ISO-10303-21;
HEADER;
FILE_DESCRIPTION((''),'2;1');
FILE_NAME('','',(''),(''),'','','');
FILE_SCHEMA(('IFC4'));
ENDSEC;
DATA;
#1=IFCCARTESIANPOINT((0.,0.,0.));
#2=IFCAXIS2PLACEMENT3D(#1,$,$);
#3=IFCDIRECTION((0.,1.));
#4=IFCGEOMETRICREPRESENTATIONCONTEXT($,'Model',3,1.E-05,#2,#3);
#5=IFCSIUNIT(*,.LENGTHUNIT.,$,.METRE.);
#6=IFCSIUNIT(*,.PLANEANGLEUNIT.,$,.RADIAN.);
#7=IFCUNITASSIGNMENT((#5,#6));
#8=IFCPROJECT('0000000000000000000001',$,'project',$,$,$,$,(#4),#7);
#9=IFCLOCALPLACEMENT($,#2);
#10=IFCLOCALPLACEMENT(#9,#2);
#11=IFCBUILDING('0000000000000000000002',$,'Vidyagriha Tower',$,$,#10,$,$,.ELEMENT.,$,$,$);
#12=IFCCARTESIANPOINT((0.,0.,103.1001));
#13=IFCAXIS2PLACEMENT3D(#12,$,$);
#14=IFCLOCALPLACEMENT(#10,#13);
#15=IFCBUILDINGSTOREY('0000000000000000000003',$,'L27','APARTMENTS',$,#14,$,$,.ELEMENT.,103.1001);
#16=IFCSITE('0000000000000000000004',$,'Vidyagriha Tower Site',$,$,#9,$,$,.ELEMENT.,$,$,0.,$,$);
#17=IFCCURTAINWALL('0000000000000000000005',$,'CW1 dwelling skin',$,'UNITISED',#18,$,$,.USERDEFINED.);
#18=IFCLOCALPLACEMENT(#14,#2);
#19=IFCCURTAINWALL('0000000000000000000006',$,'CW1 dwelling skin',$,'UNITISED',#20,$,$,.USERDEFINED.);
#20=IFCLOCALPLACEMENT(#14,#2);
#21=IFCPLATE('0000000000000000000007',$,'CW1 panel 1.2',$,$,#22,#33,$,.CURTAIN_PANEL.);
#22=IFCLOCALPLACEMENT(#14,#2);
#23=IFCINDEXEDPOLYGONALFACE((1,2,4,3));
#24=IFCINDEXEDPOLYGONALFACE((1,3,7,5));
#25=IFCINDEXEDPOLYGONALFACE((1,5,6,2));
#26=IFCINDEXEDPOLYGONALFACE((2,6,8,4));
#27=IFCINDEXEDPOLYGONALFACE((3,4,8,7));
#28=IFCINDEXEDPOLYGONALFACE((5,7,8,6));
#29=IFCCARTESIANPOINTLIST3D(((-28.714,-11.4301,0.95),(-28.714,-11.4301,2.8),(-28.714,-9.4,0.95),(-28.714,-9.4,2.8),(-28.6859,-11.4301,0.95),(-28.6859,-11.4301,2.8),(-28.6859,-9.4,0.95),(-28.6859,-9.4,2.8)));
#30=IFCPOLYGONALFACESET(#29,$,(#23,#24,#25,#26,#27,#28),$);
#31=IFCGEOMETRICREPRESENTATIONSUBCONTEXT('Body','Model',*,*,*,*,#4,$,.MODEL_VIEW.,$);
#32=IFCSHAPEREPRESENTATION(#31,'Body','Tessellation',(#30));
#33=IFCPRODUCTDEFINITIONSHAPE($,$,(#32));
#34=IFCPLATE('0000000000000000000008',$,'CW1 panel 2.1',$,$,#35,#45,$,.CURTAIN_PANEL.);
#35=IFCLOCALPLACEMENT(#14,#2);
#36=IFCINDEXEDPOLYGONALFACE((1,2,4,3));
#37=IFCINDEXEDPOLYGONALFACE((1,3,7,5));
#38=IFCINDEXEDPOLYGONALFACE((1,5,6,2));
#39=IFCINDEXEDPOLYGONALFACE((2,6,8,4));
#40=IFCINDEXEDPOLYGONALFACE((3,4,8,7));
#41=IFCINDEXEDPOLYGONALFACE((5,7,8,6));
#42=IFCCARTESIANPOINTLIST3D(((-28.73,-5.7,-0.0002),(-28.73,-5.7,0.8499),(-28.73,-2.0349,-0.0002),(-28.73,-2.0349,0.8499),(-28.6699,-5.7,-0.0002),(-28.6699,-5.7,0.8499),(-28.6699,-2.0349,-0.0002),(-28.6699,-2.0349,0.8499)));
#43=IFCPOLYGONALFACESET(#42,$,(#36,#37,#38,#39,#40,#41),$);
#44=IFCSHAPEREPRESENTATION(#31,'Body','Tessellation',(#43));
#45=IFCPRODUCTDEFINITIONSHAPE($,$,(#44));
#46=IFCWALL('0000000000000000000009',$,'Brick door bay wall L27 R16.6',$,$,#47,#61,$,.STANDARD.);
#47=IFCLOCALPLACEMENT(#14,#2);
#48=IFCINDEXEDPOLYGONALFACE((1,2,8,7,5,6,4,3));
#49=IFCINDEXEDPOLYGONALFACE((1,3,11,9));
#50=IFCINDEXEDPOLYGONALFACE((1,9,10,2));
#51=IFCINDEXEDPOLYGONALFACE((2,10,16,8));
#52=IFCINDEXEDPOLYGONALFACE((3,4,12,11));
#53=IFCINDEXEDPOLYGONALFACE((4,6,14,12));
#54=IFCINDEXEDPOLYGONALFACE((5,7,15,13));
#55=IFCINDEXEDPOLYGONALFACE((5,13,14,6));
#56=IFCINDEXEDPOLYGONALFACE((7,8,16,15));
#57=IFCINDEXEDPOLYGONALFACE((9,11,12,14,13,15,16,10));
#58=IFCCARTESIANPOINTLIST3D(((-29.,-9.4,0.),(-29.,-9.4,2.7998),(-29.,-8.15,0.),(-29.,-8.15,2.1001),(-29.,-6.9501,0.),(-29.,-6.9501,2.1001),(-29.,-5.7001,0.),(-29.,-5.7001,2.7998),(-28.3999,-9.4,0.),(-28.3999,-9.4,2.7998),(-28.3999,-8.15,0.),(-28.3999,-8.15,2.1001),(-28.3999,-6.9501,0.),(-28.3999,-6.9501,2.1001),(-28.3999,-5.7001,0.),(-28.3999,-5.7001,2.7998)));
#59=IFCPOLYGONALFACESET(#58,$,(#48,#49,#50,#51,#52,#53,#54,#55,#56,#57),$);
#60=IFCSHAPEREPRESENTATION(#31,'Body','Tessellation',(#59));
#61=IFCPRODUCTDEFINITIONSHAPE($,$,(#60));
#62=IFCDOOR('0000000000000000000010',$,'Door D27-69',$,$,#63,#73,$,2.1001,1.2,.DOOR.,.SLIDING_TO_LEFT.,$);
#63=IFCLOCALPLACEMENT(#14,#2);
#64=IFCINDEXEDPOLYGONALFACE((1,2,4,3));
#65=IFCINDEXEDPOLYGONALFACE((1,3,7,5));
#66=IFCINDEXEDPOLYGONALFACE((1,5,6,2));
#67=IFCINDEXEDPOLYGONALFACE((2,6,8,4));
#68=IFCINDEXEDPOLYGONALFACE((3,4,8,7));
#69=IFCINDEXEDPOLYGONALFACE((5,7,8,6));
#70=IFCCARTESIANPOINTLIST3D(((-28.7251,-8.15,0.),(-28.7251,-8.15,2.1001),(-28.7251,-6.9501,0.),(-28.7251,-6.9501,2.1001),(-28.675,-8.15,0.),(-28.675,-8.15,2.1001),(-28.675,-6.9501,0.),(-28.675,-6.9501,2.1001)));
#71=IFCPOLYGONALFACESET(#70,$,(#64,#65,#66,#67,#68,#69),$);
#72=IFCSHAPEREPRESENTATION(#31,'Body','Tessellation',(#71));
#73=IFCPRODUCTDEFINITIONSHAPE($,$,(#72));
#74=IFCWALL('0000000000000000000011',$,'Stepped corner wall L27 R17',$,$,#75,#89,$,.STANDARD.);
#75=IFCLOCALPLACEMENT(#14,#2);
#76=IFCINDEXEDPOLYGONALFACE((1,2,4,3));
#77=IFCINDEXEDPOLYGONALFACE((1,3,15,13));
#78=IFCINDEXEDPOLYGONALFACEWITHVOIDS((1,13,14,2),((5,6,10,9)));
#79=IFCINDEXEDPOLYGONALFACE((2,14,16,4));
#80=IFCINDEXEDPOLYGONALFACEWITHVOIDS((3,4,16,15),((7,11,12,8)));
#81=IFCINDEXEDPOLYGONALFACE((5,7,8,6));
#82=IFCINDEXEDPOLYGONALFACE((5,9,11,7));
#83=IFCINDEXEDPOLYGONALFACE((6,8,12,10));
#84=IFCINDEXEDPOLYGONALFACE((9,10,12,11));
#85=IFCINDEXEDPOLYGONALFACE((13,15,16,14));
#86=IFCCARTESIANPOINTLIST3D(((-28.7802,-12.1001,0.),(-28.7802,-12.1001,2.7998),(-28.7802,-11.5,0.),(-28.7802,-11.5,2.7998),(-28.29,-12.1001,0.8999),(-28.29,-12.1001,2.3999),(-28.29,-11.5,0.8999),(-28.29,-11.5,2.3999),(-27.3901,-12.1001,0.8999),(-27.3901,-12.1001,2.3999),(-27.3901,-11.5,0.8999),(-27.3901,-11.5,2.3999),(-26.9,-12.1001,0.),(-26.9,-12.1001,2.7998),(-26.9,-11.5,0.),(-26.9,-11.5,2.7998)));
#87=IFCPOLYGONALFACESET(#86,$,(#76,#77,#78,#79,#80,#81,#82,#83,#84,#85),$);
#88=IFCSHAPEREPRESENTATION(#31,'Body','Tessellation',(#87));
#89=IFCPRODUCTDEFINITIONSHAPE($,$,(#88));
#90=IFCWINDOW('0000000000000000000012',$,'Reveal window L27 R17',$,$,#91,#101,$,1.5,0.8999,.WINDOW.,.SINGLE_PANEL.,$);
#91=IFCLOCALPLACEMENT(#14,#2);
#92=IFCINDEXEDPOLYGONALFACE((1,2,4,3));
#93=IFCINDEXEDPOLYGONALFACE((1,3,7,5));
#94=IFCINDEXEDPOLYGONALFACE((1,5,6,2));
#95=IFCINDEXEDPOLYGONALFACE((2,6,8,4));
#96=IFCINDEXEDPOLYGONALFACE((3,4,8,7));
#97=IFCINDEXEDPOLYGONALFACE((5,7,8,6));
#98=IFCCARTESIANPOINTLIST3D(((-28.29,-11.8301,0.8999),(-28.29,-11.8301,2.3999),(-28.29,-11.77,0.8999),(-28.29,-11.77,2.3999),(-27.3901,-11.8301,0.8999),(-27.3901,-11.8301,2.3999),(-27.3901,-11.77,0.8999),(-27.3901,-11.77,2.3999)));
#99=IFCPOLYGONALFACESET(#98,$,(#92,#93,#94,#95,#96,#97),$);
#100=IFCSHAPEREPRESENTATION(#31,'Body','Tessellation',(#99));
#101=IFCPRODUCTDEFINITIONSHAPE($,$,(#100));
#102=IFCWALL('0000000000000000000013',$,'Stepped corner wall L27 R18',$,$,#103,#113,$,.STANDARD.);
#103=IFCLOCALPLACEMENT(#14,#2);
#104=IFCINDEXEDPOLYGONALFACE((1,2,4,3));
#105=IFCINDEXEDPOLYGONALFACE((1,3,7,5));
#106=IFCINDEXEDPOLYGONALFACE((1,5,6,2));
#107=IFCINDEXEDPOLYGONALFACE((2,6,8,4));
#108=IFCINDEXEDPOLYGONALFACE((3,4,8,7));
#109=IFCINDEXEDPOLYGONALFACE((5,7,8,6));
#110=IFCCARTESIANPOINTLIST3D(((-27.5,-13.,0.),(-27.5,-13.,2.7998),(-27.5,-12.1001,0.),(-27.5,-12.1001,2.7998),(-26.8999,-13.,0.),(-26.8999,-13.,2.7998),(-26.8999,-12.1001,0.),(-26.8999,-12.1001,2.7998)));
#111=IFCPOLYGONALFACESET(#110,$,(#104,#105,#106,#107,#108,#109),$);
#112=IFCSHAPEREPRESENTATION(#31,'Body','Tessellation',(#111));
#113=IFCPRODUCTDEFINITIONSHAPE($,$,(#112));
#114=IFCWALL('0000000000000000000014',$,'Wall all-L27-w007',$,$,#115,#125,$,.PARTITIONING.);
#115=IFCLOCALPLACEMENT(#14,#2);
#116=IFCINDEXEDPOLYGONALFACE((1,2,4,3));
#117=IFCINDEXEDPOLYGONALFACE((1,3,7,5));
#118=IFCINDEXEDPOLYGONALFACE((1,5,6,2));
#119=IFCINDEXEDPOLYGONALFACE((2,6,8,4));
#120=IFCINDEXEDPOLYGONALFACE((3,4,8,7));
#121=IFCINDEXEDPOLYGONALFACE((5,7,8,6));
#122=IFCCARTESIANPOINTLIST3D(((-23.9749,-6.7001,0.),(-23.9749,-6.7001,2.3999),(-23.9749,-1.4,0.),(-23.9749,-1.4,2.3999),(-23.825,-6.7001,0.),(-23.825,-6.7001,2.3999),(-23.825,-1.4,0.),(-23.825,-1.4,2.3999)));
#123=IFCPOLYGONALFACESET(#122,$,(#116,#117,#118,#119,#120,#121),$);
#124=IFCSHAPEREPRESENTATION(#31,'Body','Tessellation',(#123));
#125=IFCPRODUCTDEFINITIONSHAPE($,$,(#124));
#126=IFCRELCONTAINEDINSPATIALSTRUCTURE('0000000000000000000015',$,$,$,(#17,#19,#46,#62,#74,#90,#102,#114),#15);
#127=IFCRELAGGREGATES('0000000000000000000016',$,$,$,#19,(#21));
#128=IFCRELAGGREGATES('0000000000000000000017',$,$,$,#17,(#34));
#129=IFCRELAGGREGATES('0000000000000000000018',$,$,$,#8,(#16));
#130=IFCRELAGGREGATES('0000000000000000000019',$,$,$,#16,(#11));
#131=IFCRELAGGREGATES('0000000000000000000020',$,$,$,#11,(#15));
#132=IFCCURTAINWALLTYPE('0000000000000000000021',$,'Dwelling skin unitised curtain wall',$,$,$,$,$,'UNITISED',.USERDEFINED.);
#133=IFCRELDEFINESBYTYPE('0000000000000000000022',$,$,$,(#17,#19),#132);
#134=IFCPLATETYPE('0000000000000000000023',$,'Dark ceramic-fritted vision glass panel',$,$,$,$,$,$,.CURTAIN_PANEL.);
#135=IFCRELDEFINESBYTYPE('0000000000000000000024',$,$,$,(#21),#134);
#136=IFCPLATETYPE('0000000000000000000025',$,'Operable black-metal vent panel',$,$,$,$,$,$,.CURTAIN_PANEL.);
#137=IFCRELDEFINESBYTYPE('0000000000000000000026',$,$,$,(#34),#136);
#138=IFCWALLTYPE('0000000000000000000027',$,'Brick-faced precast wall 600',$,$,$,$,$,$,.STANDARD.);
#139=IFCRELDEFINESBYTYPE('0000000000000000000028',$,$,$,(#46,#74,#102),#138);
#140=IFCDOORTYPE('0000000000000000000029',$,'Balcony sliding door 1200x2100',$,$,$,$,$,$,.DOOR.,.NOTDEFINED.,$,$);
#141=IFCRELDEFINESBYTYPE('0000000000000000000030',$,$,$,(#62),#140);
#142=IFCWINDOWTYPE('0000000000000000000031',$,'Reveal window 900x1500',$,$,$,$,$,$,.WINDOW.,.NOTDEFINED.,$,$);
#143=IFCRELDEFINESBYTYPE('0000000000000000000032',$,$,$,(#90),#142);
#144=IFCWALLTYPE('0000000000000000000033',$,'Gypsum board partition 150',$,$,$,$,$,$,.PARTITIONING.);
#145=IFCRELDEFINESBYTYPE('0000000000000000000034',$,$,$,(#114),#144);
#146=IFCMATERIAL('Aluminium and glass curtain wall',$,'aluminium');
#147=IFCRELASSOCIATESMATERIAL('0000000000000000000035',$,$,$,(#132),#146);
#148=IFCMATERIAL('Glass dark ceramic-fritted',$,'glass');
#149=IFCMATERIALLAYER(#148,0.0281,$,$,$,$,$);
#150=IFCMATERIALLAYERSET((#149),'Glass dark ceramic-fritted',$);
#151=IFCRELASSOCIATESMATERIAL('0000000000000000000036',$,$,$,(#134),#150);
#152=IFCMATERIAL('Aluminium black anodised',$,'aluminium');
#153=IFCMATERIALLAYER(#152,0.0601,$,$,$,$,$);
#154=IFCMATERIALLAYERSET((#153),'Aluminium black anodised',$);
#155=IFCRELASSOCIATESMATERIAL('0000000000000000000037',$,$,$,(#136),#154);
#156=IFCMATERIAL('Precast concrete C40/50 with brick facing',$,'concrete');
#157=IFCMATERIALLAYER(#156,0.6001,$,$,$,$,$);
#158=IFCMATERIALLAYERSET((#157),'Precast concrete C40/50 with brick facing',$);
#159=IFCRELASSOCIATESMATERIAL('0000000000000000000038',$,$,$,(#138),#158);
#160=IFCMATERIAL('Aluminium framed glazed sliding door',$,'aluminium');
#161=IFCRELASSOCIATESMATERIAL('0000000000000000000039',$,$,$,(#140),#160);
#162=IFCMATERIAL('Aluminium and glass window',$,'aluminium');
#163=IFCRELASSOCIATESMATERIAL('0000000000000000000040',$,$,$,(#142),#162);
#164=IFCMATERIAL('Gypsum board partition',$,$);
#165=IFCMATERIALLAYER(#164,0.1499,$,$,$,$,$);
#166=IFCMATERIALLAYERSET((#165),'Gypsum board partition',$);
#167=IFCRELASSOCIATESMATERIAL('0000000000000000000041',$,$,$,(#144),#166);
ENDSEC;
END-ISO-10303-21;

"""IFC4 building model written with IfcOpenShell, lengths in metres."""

from ifc_helpers import new_model, si_unit, direction, frame, frame_2d, origin, origin_2d, place, context, subcontext, project, spatial, rectangle, extrude, material, layer, layer_set, type_object, element, fill, aggregate, save


model = new_model("IFC4")

# Units and contexts
model_context = context("Model", 3, precision=1e-05, world=origin(), true_north=direction((0.0, 1.0)))
body_context = subcontext(model_context, "Body", "Model", "MODEL_VIEW")
ifc_project = project(units=[si_unit("LENGTHUNIT", "METRE"), si_unit("PLANEANGLEUNIT", "RADIAN")], contexts=[model_context])

# Site, building, storey
site_placement = place(None, origin())
site = spatial("IfcSite", under=ifc_project, at=site_placement, Name="Vidyagriha Tower Site", CompositionType="ELEMENT", RefElevation=0.0)
building_placement = place(site_placement, origin())
building = spatial("IfcBuilding", under=site, at=building_placement, Name="Vidyagriha Tower", CompositionType="ELEMENT")
storey_placement = place(building_placement, frame((0.0, 0.0, 103.1001)))
storey = spatial("IfcBuildingStorey", under=building, at=storey_placement, Name="L27", Description="APARTMENTS", CompositionType="ELEMENT", Elevation=103.1001)

# Curtain walls
ifc_material_1 = material(Name="Aluminium and glass curtain wall", Category="aluminium")
curtain_wall_type = type_object("IfcCurtainWallType", Name="Dwelling skin unitised curtain wall", ElementType="UNITISED", PredefinedType="USERDEFINED", material=ifc_material_1)
curtain_wall_1_placement = place(storey_placement, origin())
curtain_wall_1 = element("IfcCurtainWall", 1, at=curtain_wall_1_placement, inside=storey, type_object=curtain_wall_type, Name="CW1 dwelling skin", ObjectType="UNITISED", PredefinedType="USERDEFINED")
curtain_wall_2_placement = place(storey_placement, origin())
curtain_wall_2 = element("IfcCurtainWall", 2, at=curtain_wall_2_placement, inside=storey, type_object=curtain_wall_type, Name="CW1 dwelling skin", ObjectType="UNITISED", PredefinedType="USERDEFINED")

# Plates
ifc_material_2 = material(Name="Glass dark ceramic-fritted", Category="glass")
ifc_layer_1 = layer(ifc_material_2, 0.0281)
ifc_layer_set_1 = layer_set([ifc_layer_1], Name="Glass dark ceramic-fritted")
plate_type_1 = type_object("IfcPlateType", Name="Dark ceramic-fritted vision glass panel", PredefinedType="CURTAIN_PANEL", material=ifc_layer_set_1)
plate_1_placement = place(storey_placement, frame((-28.7, -10.415, 0.95), z_axis=(0.0, 0.0, 1.0), x_axis=(0.0, -1.0, 0.0)))
plate_1 = element("IfcPlate", 3, at=plate_1_placement, type_object=plate_type_1, Name="CW1 panel 1.2", PredefinedType="CURTAIN_PANEL", context=body_context, shape_type="SweptSolid", body=[
    extrude(rectangle(XDim=2.03, YDim=0.0281, at=origin_2d()), origin(), (0.0, 0.0, 1.0), 1.8501),
])
aggregate(curtain_wall_2, [plate_1])
ifc_material_3 = material(Name="Aluminium black anodised", Category="aluminium")
ifc_layer_2 = layer(ifc_material_3, 0.0601)
ifc_layer_set_2 = layer_set([ifc_layer_2], Name="Aluminium black anodised")
plate_type_2 = type_object("IfcPlateType", Name="Operable black-metal vent panel", PredefinedType="CURTAIN_PANEL", material=ifc_layer_set_2)
plate_2_placement = place(storey_placement, frame((-28.7, -3.8674, -0.0002), z_axis=(0.0, 0.0, 1.0), x_axis=(0.0, -1.0, 0.0)))
plate_2 = element("IfcPlate", 4, at=plate_2_placement, type_object=plate_type_2, Name="CW1 panel 2.1", PredefinedType="CURTAIN_PANEL", context=body_context, shape_type="SweptSolid", body=[
    extrude(rectangle(XDim=3.665, YDim=0.0601, at=origin_2d()), origin(), (0.0, 0.0, 1.0), 0.8501),
])
aggregate(curtain_wall_1, [plate_2])

# Wall, opening, door
ifc_material_4 = material(Name="Precast concrete C40/50 with brick facing", Category="concrete")
ifc_layer_3 = layer(ifc_material_4, 0.6001)
ifc_layer_set_3 = layer_set([ifc_layer_3], Name="Precast concrete C40/50 with brick facing")
wall_type_1 = type_object("IfcWallType", Name="Brick-faced precast wall 600", PredefinedType="STANDARD", material=ifc_layer_set_3)
wall_1_placement = place(storey_placement, frame((-28.7, -5.7, 0.0), z_axis=(0.0, 0.0, 1.0), x_axis=(0.0, -1.0, 0.0)))
wall_1 = element("IfcWall", 5, at=wall_1_placement, inside=storey, type_object=wall_type_1, Name="Brick door bay wall L27 R16.6", PredefinedType="STANDARD", context=body_context, shape_type="SweptSolid", body=[
    extrude(rectangle(XDim=3.7, YDim=0.6001, at=frame_2d((1.8501, 0.0))), origin(), (0.0, 0.0, 1.0), 2.7998),
])
opening_1_placement = place(wall_1_placement, frame((1.25, 0.0, 0.0)))
opening_1 = element("IfcOpeningElement", 6, at=opening_1_placement, cuts=wall_1, PredefinedType="OPENING", context=body_context, shape_type="SweptSolid", body=[
    extrude(rectangle(XDim=1.2, YDim=2.1001, at=frame_2d((0.6001, 1.05))), frame((0.0, 0.3101, 0.0), z_axis=(0.0, -1.0, 0.0), x_axis=(1.0, 0.0, 0.0)), (0.0, 0.0, 1.0), 0.6201),
])
ifc_material_5 = material(Name="Aluminium framed glazed sliding door", Category="aluminium")
door_type_1 = type_object("IfcDoorType", Name="Balcony sliding door 1200x2100", OperationType="NOTDEFINED", PredefinedType="DOOR", material=ifc_material_5)
door_1_placement = place(opening_1_placement, origin())
door_1 = element("IfcDoor", 7, at=door_1_placement, inside=storey, type_object=door_type_1, Name="Door D27-69", OperationType="SLIDING_TO_LEFT", OverallHeight=2.1001, OverallWidth=1.2, PredefinedType="DOOR", context=body_context, shape_type="SweptSolid", body=[
    extrude(rectangle(XDim=1.2, YDim=2.1001, at=frame_2d((0.6001, 1.05))), frame((0.0, 0.0249, 0.0), z_axis=(0.0, -1.0, 0.0), x_axis=(1.0, 0.0, 0.0)), (0.0, 0.0, 1.0), 0.05),
])
fill(opening_1, door_1)

# Wall, opening, window
wall_2_placement = place(storey_placement, frame((-28.78, -11.8, 0.0)))
wall_2 = element("IfcWall", 8, at=wall_2_placement, inside=storey, type_object=wall_type_1, Name="Stepped corner wall L27 R17", PredefinedType="STANDARD", context=body_context, shape_type="SweptSolid", body=[
    extrude(rectangle(XDim=1.8801, YDim=0.6001, at=frame_2d((0.9399, 0.0))), origin(), (0.0, 0.0, 1.0), 2.7998),
])
opening_2_placement = place(wall_2_placement, frame((0.49, 0.0, 0.8999)))
opening_2 = element("IfcOpeningElement", 9, at=opening_2_placement, cuts=wall_2, PredefinedType="OPENING", context=body_context, shape_type="SweptSolid", body=[
    extrude(rectangle(XDim=0.8999, YDim=1.5, at=frame_2d((0.45, 0.75))), frame((0.0, 0.3101, 0.0), z_axis=(0.0, -1.0, 0.0), x_axis=(1.0, 0.0, 0.0)), (0.0, 0.0, 1.0), 0.6201),
])
ifc_material_6 = material(Name="Aluminium and glass window", Category="aluminium")
window_type = type_object("IfcWindowType", Name="Reveal window 900x1500", PartitioningType="NOTDEFINED", PredefinedType="WINDOW", material=ifc_material_6)
window_placement = place(opening_2_placement, origin())
window = element("IfcWindow", 10, at=window_placement, inside=storey, type_object=window_type, Name="Reveal window L27 R17", OverallHeight=1.5, OverallWidth=0.8999, PartitioningType="SINGLE_PANEL", PredefinedType="WINDOW", context=body_context, shape_type="SweptSolid", body=[
    extrude(rectangle(XDim=0.8999, YDim=1.5, at=frame_2d((0.45, 0.75))), frame((0.0, 0.03, 0.0), z_axis=(0.0, -1.0, 0.0), x_axis=(1.0, 0.0, 0.0)), (0.0, 0.0, 1.0), 0.0601),
])
fill(opening_2, window)

# Walls
wall_3_placement = place(storey_placement, frame((-27.2, -12.1001, 0.0), z_axis=(0.0, 0.0, 1.0), x_axis=(0.0, -1.0, 0.0)))
element("IfcWall", 11, at=wall_3_placement, inside=storey, type_object=wall_type_1, Name="Stepped corner wall L27 R18", PredefinedType="STANDARD", context=body_context, shape_type="SweptSolid", body=[
    extrude(rectangle(XDim=0.8999, YDim=0.6001, at=frame_2d((0.45, 0.0))), origin(), (0.0, 0.0, 1.0), 2.7998),
])
ifc_material_7 = material(Name="Gypsum board partition")
ifc_layer_4 = layer(ifc_material_7, 0.1499)
ifc_layer_set_4 = layer_set([ifc_layer_4], Name="Gypsum board partition")
wall_type_2 = type_object("IfcWallType", Name="Gypsum board partition 150", PredefinedType="PARTITIONING", material=ifc_layer_set_4)
wall_4_placement = place(storey_placement, frame((-23.8999, -6.7, 0.0), z_axis=(0.0, 0.0, 1.0), x_axis=(0.0, 1.0, 0.0)))
element("IfcWall", 12, at=wall_4_placement, inside=storey, type_object=wall_type_2, Name="Wall all-L27-w007", PredefinedType="PARTITIONING", context=body_context, shape_type="SweptSolid", body=[
    extrude(rectangle(XDim=5.3, YDim=0.1499, at=frame_2d((2.6499, 0.0))), origin(), (0.0, 0.0, 1.0), 2.3999),
])

save(model, "model.ifc")
